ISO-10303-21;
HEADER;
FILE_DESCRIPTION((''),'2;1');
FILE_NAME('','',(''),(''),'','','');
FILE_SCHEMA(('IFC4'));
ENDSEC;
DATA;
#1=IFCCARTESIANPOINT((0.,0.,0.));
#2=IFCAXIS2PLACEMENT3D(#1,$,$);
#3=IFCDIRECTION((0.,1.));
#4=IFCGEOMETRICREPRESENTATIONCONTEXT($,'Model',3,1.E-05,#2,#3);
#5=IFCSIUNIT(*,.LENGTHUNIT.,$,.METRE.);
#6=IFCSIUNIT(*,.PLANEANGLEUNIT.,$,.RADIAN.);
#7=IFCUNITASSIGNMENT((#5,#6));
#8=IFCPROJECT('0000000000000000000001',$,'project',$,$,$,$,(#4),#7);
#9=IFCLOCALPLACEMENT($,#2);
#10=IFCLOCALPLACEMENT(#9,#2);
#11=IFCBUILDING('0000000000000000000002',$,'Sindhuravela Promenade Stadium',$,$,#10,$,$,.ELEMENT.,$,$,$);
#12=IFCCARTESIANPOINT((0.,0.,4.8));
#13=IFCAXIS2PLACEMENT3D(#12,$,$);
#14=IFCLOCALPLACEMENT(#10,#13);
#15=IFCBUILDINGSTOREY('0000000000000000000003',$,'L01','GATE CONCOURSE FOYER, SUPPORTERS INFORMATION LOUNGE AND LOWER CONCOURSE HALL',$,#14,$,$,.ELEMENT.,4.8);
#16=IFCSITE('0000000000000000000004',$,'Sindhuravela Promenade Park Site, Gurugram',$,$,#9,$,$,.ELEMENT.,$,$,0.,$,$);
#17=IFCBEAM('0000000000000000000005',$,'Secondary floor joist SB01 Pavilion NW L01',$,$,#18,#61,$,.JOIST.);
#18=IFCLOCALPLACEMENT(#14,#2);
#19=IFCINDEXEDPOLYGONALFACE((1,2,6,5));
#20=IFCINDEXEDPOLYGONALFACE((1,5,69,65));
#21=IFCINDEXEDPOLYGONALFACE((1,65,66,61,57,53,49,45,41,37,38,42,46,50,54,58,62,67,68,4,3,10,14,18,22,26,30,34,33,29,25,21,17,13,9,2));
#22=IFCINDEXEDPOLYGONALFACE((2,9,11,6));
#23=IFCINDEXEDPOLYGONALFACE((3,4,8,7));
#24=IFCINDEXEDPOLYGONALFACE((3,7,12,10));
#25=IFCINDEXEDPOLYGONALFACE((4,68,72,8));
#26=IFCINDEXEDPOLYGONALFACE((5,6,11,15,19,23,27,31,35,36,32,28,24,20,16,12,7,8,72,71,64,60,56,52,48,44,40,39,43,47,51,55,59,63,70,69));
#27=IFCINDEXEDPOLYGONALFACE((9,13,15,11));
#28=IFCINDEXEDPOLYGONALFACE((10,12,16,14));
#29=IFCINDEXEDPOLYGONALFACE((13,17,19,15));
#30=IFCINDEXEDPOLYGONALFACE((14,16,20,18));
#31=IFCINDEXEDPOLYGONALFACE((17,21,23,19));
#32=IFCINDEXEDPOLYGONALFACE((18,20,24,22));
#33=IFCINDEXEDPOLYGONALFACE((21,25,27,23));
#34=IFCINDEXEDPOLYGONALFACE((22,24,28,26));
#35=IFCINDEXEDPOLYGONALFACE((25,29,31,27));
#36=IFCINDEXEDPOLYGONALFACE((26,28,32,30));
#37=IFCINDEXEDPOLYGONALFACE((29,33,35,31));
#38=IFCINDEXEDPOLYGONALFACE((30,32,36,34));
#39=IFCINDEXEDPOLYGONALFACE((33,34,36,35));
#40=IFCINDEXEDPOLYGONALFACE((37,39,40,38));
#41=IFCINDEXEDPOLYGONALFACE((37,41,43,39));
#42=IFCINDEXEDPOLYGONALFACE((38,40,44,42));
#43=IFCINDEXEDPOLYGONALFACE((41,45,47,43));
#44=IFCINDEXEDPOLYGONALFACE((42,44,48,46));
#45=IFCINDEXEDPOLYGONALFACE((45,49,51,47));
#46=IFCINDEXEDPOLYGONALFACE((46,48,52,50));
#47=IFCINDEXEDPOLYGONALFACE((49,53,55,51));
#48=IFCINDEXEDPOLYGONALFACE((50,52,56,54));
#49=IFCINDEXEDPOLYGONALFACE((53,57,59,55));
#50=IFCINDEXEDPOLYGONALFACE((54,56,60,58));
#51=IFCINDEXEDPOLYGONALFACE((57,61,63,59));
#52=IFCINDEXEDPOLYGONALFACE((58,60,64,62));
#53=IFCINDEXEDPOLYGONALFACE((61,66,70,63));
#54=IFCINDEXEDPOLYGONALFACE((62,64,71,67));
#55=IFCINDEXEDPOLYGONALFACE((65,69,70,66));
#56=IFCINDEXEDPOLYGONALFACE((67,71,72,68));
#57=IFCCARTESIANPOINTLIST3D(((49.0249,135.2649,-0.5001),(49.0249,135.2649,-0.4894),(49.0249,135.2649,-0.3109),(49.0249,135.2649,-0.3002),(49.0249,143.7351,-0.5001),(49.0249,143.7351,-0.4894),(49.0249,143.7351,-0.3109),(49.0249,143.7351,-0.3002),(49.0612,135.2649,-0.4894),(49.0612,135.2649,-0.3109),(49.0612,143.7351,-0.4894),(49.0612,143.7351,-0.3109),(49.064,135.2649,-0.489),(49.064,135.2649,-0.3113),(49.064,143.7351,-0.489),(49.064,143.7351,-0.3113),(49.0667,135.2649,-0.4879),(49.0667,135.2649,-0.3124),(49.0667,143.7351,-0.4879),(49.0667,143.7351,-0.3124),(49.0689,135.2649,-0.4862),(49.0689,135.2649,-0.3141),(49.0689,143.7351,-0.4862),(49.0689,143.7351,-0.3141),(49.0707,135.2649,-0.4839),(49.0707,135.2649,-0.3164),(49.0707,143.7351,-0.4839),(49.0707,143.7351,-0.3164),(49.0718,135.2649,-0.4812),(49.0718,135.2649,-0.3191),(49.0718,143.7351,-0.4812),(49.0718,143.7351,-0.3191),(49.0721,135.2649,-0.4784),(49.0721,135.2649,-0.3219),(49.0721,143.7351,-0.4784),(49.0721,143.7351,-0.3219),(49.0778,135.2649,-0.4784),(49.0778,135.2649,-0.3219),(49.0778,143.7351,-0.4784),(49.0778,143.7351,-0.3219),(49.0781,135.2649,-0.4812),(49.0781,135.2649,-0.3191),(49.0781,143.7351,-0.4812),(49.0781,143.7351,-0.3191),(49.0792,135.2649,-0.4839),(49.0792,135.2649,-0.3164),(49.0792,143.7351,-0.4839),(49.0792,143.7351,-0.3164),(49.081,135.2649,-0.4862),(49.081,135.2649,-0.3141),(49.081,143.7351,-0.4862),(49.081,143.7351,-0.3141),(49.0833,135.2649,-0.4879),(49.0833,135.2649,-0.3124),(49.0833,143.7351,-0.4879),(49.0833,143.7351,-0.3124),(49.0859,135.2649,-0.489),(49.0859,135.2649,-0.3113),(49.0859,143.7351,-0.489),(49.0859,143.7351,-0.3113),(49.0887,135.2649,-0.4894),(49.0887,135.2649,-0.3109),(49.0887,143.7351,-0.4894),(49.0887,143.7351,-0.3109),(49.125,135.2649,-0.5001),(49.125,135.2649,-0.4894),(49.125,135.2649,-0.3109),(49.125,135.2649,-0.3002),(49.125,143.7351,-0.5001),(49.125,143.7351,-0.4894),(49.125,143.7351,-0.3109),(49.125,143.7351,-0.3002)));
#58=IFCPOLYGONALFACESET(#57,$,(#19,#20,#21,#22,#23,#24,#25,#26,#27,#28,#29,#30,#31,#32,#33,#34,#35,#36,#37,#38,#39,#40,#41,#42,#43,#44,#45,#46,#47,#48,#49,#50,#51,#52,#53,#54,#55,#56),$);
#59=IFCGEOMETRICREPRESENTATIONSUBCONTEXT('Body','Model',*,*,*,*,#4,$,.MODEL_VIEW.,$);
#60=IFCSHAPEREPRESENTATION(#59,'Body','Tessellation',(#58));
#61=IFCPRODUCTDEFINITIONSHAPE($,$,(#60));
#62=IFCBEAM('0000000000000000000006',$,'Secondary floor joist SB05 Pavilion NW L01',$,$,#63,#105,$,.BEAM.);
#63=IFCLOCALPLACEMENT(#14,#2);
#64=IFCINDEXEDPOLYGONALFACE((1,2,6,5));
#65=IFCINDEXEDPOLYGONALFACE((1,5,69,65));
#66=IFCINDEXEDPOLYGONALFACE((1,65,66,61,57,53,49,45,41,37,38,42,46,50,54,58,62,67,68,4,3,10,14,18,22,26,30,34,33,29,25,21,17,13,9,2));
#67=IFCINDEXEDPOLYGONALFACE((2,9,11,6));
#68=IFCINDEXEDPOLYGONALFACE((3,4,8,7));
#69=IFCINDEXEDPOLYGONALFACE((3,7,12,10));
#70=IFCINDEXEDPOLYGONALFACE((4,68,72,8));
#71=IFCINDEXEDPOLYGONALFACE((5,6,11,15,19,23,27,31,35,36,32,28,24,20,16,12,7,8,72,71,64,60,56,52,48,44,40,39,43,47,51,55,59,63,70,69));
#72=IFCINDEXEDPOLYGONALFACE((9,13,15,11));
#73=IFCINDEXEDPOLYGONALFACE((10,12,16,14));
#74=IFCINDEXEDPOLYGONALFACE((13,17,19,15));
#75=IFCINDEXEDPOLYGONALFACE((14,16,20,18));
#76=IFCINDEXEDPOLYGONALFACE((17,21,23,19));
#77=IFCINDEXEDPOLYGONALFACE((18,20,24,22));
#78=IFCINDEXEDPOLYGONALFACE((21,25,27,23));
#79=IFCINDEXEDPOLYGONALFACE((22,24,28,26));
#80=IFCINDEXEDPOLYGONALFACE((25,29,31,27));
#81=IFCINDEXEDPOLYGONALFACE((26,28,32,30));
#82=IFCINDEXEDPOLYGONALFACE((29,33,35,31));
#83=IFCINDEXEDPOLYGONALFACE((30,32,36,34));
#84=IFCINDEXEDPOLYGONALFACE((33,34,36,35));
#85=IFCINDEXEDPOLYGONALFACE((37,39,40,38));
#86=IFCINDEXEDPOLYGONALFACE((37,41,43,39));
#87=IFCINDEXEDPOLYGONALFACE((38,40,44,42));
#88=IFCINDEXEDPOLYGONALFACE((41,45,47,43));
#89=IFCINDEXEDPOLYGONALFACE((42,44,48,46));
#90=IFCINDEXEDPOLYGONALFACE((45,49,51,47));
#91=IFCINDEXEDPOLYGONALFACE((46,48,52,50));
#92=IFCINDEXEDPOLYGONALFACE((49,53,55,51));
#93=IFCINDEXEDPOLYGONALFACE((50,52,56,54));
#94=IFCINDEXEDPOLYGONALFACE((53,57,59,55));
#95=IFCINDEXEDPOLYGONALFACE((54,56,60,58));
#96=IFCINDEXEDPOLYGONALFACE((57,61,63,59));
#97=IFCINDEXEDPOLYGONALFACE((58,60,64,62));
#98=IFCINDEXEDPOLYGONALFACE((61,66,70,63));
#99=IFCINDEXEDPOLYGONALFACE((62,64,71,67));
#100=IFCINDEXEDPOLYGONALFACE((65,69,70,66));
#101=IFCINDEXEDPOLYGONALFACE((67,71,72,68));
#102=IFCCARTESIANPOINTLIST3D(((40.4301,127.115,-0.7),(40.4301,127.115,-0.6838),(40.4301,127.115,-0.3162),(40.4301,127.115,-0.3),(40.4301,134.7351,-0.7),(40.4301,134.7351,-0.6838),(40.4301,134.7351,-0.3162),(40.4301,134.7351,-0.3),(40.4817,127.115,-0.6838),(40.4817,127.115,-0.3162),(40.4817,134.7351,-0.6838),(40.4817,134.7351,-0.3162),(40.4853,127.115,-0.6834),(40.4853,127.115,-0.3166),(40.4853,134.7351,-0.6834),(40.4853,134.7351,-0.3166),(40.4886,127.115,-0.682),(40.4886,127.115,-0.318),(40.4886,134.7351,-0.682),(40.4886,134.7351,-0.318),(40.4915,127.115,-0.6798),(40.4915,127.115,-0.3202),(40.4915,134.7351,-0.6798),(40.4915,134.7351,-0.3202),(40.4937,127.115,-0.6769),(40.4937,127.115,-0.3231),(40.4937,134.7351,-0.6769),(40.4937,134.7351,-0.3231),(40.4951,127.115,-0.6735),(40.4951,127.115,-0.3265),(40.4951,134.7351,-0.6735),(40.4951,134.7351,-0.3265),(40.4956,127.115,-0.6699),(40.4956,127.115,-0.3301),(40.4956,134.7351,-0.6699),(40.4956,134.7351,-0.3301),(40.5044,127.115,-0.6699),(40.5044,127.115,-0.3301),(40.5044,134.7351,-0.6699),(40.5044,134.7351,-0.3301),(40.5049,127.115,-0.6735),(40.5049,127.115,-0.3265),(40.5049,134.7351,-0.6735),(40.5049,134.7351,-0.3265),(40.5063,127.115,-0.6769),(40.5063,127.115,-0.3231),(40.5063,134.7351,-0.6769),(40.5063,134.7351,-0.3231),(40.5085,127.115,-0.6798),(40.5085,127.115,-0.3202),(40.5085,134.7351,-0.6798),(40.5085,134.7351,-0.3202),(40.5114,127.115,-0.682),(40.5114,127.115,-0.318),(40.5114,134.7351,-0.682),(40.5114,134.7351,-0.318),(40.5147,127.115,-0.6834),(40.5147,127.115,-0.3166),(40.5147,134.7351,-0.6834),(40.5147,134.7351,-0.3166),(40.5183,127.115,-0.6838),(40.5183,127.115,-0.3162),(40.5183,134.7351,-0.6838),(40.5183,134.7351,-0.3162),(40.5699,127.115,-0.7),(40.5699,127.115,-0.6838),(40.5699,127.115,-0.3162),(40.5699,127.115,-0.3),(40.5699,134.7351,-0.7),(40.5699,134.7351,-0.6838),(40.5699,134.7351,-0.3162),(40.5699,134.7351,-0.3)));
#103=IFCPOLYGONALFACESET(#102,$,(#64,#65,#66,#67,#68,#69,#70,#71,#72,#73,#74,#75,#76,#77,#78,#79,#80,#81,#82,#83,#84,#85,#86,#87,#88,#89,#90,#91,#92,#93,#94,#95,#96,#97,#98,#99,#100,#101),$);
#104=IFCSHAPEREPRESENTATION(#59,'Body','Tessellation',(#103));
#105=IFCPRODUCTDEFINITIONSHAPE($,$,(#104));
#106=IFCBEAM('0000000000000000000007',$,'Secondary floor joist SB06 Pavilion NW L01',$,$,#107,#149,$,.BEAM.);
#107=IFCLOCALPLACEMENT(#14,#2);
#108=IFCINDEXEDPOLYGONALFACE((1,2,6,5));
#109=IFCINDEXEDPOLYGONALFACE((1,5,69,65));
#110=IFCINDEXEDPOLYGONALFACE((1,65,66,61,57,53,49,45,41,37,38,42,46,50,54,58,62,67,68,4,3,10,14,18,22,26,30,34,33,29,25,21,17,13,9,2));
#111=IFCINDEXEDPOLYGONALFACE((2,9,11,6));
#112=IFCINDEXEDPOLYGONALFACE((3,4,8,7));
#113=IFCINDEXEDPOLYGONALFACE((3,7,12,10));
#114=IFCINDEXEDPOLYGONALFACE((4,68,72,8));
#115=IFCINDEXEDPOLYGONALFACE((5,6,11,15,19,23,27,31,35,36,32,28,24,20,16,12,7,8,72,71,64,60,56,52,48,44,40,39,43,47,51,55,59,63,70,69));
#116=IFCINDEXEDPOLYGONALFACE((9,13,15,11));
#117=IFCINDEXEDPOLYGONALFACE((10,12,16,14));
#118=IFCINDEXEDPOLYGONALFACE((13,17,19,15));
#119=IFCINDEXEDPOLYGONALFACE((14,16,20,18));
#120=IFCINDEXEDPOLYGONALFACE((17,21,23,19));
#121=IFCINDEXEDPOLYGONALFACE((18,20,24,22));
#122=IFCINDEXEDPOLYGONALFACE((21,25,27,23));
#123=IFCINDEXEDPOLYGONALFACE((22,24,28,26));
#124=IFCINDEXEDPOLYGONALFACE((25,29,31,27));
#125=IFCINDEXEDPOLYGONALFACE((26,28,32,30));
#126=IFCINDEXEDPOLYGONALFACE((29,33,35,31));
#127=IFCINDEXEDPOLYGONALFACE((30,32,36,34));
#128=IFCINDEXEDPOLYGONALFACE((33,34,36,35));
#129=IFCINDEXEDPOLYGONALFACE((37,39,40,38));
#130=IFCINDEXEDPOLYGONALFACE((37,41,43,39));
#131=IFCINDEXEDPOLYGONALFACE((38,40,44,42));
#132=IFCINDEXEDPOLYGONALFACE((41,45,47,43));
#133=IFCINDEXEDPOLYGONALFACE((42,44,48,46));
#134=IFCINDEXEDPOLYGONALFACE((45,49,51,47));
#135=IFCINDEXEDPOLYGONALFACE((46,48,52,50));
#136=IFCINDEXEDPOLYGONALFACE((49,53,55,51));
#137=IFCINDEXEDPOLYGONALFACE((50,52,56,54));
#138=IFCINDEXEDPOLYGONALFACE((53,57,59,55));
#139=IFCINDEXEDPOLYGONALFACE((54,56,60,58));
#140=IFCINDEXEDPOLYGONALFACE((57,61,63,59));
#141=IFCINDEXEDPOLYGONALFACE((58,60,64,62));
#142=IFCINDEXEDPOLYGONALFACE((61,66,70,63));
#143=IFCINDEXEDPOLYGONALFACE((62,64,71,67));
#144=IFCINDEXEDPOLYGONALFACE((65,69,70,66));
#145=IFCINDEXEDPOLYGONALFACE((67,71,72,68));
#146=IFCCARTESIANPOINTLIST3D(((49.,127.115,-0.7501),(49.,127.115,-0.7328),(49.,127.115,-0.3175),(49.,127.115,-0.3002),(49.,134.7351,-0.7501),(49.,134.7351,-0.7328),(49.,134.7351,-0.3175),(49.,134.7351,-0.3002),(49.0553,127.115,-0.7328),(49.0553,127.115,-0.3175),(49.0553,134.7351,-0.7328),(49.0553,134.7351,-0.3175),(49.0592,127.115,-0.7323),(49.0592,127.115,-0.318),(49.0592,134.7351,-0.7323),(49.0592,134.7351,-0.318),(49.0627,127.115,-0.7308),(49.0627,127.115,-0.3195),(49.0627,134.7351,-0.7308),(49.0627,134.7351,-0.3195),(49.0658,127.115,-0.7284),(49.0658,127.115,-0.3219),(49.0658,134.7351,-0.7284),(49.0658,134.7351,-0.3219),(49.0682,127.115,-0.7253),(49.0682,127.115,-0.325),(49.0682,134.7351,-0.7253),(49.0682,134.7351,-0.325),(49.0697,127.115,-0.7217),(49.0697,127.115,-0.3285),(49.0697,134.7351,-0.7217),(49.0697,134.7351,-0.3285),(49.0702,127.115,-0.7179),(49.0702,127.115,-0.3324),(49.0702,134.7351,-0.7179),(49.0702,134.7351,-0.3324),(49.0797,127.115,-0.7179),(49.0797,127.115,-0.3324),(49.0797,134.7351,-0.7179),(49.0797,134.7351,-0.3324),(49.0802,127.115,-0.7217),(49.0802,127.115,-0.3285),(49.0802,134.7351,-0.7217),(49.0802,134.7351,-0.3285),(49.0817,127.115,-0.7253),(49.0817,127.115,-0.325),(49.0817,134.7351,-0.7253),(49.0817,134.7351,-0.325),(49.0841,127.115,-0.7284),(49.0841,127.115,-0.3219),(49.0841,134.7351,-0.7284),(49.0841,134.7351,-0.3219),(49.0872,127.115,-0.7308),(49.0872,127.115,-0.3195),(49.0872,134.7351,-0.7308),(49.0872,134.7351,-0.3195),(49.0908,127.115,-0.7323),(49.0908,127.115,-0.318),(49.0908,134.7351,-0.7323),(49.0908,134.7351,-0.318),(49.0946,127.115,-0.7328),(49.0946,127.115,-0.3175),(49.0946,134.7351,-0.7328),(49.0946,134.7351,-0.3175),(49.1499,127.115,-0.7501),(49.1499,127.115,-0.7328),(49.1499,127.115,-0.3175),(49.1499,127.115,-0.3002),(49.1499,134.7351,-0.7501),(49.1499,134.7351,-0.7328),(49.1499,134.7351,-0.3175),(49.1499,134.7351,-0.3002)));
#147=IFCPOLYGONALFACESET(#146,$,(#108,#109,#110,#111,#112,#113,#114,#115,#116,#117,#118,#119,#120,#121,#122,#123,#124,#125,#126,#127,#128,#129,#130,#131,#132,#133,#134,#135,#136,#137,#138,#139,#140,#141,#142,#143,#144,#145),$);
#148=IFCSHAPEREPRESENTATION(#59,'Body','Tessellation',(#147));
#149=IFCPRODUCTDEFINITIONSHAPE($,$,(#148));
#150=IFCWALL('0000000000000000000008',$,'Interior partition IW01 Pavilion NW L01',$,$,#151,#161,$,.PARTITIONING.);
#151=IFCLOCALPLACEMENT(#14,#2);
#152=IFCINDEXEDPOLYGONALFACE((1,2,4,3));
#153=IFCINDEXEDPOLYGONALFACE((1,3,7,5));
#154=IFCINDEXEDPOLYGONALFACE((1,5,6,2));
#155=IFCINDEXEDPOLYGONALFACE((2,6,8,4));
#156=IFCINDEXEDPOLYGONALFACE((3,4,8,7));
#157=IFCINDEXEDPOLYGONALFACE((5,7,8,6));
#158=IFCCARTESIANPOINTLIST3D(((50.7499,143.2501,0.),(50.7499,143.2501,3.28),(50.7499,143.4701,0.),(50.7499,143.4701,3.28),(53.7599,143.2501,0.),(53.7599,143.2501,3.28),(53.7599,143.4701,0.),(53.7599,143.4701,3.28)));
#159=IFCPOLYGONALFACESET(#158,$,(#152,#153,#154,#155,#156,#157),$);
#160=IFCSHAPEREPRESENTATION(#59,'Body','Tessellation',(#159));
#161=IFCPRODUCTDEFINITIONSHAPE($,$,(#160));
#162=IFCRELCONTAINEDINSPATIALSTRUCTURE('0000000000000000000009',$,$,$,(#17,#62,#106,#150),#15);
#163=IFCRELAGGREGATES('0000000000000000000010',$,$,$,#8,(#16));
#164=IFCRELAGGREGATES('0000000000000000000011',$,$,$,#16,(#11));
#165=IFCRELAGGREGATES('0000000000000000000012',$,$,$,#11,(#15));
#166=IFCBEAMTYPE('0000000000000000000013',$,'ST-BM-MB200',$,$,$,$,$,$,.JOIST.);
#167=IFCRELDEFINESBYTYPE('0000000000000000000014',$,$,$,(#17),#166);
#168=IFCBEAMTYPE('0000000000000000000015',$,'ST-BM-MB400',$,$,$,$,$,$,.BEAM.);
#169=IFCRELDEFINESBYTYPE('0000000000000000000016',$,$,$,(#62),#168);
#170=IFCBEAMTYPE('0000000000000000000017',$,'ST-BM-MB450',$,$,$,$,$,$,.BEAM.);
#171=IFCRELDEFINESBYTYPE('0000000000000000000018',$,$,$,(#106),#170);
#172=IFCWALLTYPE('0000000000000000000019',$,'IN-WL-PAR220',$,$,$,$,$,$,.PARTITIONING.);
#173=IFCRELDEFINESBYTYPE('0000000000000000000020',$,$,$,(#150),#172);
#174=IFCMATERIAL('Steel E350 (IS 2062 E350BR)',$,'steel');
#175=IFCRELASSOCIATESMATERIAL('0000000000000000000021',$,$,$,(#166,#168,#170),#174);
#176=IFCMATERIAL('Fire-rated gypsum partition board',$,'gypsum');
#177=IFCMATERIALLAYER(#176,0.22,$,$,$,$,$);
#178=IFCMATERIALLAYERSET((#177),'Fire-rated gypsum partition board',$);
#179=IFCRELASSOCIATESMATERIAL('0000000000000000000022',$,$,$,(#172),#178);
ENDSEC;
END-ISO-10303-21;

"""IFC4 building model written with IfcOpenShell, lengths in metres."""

from ifc_helpers import new_model, si_unit, direction, frame, frame_2d, origin, origin_2d, place, context, subcontext, project, spatial, rectangle, i_section, extrude, material, layer, layer_set, material_profile, profile_set, type_object, element, save


model = new_model("IFC4")

# Units and contexts
model_context = context("Model", 3, precision=1e-05, world=origin(), true_north=direction((0.0, 1.0)))
body_context = subcontext(model_context, "Body", "Model", "MODEL_VIEW")
ifc_project = project(units=[si_unit("LENGTHUNIT", "METRE"), si_unit("PLANEANGLEUNIT", "RADIAN")], contexts=[model_context])

# Site, building, storey
site_placement = place(None, origin())
site = spatial("IfcSite", under=ifc_project, at=site_placement, Name="Sindhuravela Promenade Park Site, Gurugram", CompositionType="ELEMENT", RefElevation=0.0)
building_placement = place(site_placement, origin())
building = spatial("IfcBuilding", under=site, at=building_placement, Name="Sindhuravela Promenade Stadium", CompositionType="ELEMENT")
storey_placement = place(building_placement, frame((0.0, 0.0, 4.8)))
storey = spatial("IfcBuildingStorey", under=building, at=storey_placement, Name="L01", Description="GATE CONCOURSE FOYER, SUPPORTERS INFORMATION LOUNGE AND LOWER CONCOURSE HALL", CompositionType="ELEMENT", Elevation=4.8)

# Beams
ifc_material_1 = material(Name="Steel E350 (IS 2062 E350BR)", Category="steel")
ifc_material_profile_1 = material_profile(ifc_material_1, i_section(OverallWidth=0.1001, OverallDepth=0.2, WebThickness=0.0056, FlangeThickness=0.0107, FilletRadius=0.011, at=origin_2d()), Name="ISMB 200")
ifc_profile_set_1 = profile_set([ifc_material_profile_1], Name="Steel E350 (IS 2062 E350BR)")
beam_type_1 = type_object("IfcBeamType", Name="ST-BM-MB200", PredefinedType="JOIST", material=ifc_profile_set_1)
beam_1_placement = place(storey_placement, frame((49.075, 135.2649, -0.4001), z_axis=(0.0, 1.0, 0.0), x_axis=(-1.0, 0.0, 0.0)))
element("IfcBeam", 1, at=beam_1_placement, inside=storey, type_object=beam_type_1, Name="Secondary floor joist SB01 Pavilion NW L01", PredefinedType="JOIST", context=body_context, shape_type="SweptSolid", body=[
    extrude(i_section(OverallWidth=0.1001, OverallDepth=0.2, WebThickness=0.0056, FlangeThickness=0.0107, FilletRadius=0.011, at=origin_2d()), origin(), (0.0, 0.0, 1.0), 8.4702),
])
ifc_material_profile_2 = material_profile(ifc_material_1, i_section(OverallWidth=0.1399, OverallDepth=0.3999, WebThickness=0.0088, FlangeThickness=0.0161, FilletRadius=0.0139, at=origin_2d()), Name="ISMB 400")
ifc_profile_set_2 = profile_set([ifc_material_profile_2], Name="Steel E350 (IS 2062 E350BR)")
beam_type_2 = type_object("IfcBeamType", Name="ST-BM-MB400", PredefinedType="BEAM", material=ifc_profile_set_2)
beam_2_placement = place(storey_placement, frame((40.5, 127.115, -0.5), z_axis=(0.0, 1.0, 0.0), x_axis=(-1.0, 0.0, 0.0)))
element("IfcBeam", 2, at=beam_2_placement, inside=storey, type_object=beam_type_2, Name="Secondary floor joist SB05 Pavilion NW L01", PredefinedType="BEAM", context=body_context, shape_type="SweptSolid", body=[
    extrude(i_section(OverallWidth=0.1399, OverallDepth=0.3999, WebThickness=0.0088, FlangeThickness=0.0161, FilletRadius=0.0139, at=origin_2d()), origin(), (0.0, 0.0, 1.0), 7.6201),
])
ifc_material_profile_3 = material_profile(ifc_material_1, i_section(OverallWidth=0.1499, OverallDepth=0.45, WebThickness=0.0095, FlangeThickness=0.0173, FilletRadius=0.0149, at=origin_2d()), Name="ISMB 450")
ifc_profile_set_3 = profile_set([ifc_material_profile_3], Name="Steel E350 (IS 2062 E350BR)")
beam_type_3 = type_object("IfcBeamType", Name="ST-BM-MB450", PredefinedType="BEAM", material=ifc_profile_set_3)
beam_3_placement = place(storey_placement, frame((49.075, 127.115, -0.5251), z_axis=(0.0, 1.0, 0.0), x_axis=(-1.0, 0.0, 0.0)))
element("IfcBeam", 3, at=beam_3_placement, inside=storey, type_object=beam_type_3, Name="Secondary floor joist SB06 Pavilion NW L01", PredefinedType="BEAM", context=body_context, shape_type="SweptSolid", body=[
    extrude(i_section(OverallWidth=0.1499, OverallDepth=0.45, WebThickness=0.0095, FlangeThickness=0.0173, FilletRadius=0.0149, at=origin_2d()), origin(), (0.0, 0.0, 1.0), 7.6201),
])

# Wall
ifc_material_2 = material(Name="Fire-rated gypsum partition board", Category="gypsum")
ifc_layer = layer(ifc_material_2, 0.22)
ifc_layer_set = layer_set([ifc_layer], Name="Fire-rated gypsum partition board")
wall_type = type_object("IfcWallType", Name="IN-WL-PAR220", PredefinedType="PARTITIONING", material=ifc_layer_set)
wall_placement = place(storey_placement, frame((50.75, 143.3601, 0.0), z_axis=(0.0, 0.0, 1.0), x_axis=(1.0, 0.0, 0.0)))
element("IfcWall", 4, at=wall_placement, inside=storey, type_object=wall_type, Name="Interior partition IW01 Pavilion NW L01", PredefinedType="PARTITIONING", context=body_context, shape_type="SweptSolid", body=[
    extrude(rectangle(XDim=3.01, YDim=0.22, at=frame_2d((1.5049, 0.0))), origin(), (0.0, 0.0, 1.0), 3.28),
])

save(model, "model.ifc")
